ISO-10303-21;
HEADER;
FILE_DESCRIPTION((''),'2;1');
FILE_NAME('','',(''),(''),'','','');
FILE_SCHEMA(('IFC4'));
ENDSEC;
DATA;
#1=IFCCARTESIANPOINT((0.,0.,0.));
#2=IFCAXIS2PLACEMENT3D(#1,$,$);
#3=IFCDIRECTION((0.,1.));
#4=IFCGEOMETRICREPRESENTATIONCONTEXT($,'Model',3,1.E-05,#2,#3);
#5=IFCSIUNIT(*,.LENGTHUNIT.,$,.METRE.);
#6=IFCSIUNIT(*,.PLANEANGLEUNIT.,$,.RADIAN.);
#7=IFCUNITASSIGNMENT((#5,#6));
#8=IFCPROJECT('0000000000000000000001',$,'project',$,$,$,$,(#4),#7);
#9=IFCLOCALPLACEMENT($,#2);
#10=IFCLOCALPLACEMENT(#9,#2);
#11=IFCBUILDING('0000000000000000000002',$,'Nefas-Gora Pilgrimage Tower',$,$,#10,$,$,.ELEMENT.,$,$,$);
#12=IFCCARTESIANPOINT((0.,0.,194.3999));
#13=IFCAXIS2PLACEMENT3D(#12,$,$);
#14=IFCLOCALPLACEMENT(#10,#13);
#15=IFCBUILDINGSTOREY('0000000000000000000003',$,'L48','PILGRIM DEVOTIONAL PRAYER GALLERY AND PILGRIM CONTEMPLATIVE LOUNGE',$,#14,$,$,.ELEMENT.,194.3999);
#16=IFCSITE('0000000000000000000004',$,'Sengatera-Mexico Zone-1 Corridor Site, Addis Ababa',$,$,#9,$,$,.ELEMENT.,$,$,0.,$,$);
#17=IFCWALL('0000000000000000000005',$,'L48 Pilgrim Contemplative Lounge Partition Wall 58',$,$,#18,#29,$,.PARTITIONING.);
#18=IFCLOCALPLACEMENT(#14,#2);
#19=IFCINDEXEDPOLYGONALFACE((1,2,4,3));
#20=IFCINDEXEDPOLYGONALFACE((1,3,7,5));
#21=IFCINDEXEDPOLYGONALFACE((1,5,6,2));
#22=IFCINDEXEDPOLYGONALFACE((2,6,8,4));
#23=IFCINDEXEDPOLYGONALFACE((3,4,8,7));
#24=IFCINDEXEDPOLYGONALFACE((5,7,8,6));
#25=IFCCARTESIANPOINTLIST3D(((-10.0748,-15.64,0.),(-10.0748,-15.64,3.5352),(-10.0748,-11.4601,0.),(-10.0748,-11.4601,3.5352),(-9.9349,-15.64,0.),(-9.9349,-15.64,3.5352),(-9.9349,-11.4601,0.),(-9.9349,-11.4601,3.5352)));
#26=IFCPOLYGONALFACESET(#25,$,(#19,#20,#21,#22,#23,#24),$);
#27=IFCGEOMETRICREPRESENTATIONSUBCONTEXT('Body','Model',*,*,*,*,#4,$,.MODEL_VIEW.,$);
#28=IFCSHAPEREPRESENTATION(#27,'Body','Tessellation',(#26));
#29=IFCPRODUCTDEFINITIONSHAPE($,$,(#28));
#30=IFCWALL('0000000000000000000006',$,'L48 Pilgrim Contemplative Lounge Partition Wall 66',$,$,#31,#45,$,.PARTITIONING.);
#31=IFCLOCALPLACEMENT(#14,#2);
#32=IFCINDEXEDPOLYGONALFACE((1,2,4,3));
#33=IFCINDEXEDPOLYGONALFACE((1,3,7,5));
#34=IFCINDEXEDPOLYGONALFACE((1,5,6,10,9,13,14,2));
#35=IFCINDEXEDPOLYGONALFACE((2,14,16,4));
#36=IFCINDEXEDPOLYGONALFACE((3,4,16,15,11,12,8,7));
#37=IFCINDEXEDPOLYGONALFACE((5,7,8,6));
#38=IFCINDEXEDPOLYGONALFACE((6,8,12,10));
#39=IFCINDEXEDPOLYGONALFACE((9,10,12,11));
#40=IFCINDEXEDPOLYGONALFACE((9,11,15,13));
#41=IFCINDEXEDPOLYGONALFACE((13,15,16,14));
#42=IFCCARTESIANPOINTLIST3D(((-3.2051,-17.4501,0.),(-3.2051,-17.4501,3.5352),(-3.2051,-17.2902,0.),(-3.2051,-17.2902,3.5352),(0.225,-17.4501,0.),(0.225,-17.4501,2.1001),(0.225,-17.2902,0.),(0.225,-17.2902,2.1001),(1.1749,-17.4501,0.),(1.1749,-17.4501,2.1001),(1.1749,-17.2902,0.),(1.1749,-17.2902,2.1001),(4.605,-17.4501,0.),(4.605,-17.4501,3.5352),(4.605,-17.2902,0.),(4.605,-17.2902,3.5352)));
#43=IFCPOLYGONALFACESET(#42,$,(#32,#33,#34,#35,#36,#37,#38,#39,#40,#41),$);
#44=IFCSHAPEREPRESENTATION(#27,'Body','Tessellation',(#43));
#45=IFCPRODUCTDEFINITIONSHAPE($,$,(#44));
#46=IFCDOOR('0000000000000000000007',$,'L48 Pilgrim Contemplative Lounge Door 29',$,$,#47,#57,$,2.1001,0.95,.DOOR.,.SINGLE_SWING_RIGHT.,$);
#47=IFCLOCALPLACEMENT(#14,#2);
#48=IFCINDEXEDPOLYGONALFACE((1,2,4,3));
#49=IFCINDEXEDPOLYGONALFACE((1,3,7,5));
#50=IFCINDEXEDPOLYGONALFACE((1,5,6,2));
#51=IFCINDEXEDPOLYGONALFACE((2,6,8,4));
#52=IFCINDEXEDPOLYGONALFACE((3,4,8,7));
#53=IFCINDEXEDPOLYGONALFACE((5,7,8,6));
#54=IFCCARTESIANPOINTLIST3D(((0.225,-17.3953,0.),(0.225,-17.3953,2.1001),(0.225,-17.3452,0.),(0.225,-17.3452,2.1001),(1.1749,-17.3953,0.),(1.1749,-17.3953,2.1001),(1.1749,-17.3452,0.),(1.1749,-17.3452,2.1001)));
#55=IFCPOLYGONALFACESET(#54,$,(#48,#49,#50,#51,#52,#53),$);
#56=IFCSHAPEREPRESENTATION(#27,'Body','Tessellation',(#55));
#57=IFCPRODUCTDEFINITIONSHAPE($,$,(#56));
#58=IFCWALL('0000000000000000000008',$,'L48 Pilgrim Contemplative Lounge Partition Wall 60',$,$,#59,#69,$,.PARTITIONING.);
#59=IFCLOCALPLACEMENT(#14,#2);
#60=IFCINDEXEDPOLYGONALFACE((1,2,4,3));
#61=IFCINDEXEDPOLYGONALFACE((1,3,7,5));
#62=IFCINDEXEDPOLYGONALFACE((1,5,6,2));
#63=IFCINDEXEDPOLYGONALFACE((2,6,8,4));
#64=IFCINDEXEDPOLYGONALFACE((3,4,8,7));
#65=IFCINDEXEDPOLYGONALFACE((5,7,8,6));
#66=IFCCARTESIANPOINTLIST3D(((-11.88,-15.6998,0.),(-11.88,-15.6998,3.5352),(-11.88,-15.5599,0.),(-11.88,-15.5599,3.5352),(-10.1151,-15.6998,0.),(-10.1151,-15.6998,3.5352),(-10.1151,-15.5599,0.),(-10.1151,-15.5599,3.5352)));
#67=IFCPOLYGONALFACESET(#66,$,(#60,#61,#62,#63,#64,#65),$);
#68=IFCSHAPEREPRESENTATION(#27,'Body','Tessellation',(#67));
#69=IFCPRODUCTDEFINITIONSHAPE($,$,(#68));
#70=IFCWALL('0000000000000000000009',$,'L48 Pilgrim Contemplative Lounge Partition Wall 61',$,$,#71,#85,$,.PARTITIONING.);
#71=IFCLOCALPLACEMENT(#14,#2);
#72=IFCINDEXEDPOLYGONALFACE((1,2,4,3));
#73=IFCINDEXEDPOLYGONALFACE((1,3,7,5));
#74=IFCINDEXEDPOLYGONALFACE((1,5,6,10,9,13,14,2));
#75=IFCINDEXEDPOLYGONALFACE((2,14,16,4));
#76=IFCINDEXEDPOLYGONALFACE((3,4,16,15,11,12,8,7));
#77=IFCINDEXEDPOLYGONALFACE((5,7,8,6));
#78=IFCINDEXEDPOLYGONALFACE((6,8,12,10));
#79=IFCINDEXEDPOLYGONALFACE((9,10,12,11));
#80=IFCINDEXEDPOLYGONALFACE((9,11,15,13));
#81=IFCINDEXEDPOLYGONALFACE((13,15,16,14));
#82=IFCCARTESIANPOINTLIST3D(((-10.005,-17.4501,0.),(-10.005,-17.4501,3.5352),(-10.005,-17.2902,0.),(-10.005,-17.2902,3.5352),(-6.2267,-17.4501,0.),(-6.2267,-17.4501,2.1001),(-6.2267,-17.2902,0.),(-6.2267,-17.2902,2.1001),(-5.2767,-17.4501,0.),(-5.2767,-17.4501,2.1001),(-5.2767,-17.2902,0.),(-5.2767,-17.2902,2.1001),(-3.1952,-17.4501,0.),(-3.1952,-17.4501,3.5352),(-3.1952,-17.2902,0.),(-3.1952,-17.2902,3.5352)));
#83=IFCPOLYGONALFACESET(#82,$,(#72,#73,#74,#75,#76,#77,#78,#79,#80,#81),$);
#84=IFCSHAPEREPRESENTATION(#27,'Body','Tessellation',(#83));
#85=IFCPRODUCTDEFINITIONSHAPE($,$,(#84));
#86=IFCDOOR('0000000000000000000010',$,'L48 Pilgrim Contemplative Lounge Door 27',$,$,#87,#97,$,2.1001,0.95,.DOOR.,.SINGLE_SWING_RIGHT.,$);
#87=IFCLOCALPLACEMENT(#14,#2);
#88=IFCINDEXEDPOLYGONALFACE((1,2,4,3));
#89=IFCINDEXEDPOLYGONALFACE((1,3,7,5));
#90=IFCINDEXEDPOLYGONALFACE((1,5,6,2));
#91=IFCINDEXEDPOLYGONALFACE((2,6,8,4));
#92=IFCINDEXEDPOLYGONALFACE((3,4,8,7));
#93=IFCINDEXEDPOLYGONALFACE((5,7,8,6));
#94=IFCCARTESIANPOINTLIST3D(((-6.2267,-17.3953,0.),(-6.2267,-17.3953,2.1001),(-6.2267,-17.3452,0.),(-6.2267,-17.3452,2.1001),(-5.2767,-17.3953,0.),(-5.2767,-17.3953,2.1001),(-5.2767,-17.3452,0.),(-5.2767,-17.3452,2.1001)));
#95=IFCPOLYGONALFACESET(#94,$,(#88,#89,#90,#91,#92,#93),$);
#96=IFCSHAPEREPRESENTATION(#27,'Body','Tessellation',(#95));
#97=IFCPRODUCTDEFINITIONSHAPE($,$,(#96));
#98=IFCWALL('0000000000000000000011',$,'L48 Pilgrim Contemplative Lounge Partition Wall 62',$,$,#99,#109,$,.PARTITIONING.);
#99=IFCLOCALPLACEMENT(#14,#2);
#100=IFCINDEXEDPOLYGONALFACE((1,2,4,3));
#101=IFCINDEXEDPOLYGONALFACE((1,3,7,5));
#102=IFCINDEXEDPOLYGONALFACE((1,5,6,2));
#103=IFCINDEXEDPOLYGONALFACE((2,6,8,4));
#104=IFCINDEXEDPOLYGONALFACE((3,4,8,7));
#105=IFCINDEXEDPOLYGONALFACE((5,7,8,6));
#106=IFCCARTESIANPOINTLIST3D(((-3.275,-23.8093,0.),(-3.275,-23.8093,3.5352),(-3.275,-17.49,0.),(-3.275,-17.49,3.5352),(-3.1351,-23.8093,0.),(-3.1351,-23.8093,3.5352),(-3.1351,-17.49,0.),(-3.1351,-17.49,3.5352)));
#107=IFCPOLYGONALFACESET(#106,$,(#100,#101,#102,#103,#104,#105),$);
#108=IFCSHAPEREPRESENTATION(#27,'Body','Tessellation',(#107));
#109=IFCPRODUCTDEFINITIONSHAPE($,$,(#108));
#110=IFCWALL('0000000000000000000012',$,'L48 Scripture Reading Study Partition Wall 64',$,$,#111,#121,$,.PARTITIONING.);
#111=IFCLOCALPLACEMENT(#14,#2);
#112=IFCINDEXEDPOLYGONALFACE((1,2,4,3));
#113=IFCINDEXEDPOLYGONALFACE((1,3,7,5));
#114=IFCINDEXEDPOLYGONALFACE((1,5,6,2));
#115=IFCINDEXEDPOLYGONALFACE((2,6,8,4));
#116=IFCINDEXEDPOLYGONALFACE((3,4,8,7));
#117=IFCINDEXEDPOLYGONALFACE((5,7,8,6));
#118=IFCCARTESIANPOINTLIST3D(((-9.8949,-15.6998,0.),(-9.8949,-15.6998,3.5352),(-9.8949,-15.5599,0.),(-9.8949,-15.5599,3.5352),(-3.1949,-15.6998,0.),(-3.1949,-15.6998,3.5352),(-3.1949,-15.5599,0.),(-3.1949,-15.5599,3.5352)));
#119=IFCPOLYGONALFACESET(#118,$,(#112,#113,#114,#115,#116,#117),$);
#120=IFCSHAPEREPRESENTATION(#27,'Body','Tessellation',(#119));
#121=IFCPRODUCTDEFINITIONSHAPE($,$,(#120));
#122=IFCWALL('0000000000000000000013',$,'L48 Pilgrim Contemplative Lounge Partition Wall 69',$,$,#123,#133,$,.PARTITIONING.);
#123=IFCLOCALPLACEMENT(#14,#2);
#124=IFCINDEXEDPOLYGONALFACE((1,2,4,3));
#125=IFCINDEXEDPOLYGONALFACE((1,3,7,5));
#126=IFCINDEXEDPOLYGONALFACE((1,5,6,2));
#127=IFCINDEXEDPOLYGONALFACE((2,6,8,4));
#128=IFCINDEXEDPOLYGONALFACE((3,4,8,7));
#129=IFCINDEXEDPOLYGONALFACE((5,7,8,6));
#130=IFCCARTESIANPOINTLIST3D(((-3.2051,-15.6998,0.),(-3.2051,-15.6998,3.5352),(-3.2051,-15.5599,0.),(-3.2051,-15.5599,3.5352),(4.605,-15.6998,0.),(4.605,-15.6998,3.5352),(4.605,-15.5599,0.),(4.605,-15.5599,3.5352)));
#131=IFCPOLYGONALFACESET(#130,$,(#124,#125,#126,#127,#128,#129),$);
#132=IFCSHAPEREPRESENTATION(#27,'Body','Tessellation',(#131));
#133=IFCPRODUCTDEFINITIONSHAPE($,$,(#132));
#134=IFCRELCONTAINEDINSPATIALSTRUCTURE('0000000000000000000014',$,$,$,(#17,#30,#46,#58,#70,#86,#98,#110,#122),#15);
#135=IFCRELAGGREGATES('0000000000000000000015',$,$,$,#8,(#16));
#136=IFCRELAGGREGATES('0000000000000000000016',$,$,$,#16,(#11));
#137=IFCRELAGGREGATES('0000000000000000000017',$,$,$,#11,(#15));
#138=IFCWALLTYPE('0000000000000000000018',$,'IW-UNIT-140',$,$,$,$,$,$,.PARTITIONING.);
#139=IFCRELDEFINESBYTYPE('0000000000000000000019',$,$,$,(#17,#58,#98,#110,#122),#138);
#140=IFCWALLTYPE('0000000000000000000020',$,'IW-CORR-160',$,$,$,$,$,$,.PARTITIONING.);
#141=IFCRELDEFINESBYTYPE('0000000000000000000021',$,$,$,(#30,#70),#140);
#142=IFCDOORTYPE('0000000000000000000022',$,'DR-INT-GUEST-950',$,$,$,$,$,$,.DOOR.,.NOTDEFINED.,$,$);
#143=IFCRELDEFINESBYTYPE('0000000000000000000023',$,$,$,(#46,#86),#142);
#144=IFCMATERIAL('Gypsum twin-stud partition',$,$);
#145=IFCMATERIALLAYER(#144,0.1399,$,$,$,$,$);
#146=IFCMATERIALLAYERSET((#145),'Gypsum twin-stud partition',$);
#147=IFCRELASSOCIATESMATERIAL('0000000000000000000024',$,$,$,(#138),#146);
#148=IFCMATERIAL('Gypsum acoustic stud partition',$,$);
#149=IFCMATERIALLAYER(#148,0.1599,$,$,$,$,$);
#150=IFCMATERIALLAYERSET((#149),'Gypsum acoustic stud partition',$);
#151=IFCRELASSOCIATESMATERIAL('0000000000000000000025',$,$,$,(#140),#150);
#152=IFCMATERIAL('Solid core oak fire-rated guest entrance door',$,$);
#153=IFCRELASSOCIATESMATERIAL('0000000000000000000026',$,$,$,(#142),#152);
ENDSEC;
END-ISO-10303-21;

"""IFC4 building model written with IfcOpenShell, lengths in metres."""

from ifc_helpers import new_model, si_unit, direction, frame, frame_2d, origin, place, context, subcontext, project, spatial, rectangle, extrude, source, transform, mapped, material, layer, layer_set, type_object, element, fill, save


model = new_model("IFC4")

# Units and contexts
model_context = context("Model", 3, precision=1e-05, world=origin(), true_north=direction((0.0, 1.0)))
body_context = subcontext(model_context, "Body", "Model", "MODEL_VIEW")
ifc_project = project(units=[si_unit("LENGTHUNIT", "METRE"), si_unit("PLANEANGLEUNIT", "RADIAN")], contexts=[model_context])

# Site, building, storey
site_placement = place(None, origin())
site = spatial("IfcSite", under=ifc_project, at=site_placement, Name="Sengatera-Mexico Zone-1 Corridor Site, Addis Ababa", CompositionType="ELEMENT", RefElevation=0.0)
building_placement = place(site_placement, origin())
building = spatial("IfcBuilding", under=site, at=building_placement, Name="Nefas-Gora Pilgrimage Tower", CompositionType="ELEMENT")
storey_placement = place(building_placement, frame((0.0, 0.0, 194.3999)))
storey = spatial("IfcBuildingStorey", under=building, at=storey_placement, Name="L48", Description="PILGRIM DEVOTIONAL PRAYER GALLERY AND PILGRIM CONTEMPLATIVE LOUNGE", CompositionType="ELEMENT", Elevation=194.3999)

# Wall
ifc_material_1 = material(Name="Gypsum twin-stud partition")
ifc_layer_1 = layer(ifc_material_1, 0.1399)
ifc_layer_set_1 = layer_set([ifc_layer_1], Name="Gypsum twin-stud partition")
wall_type_1 = type_object("IfcWallType", Name="IW-UNIT-140", PredefinedType="PARTITIONING", material=ifc_layer_set_1)
shared_shape_1 = source(origin(), body_context, "Body", "SweptSolid", [
    extrude(rectangle(XDim=4.1799, YDim=0.1399, at=frame_2d((2.0898, 0.0))), origin(), (0.0, 0.0, 1.0), 3.5352),
])
wall_1_placement = place(storey_placement, frame((-10.0049, -15.6399, 0.0), z_axis=(0.0, 0.0, 1.0), x_axis=(0.0, 1.0, 0.0)))
element("IfcWall", 1, at=wall_1_placement, inside=storey, type_object=wall_type_1, Name="L48 Pilgrim Contemplative Lounge Partition Wall 58", PredefinedType="PARTITIONING", context=body_context, shape_type="MappedRepresentation", body=[
    mapped(shared_shape_1, transform((0.0, 0.0, 0.0), x_axis=(1.0, 0.0, 0.0), y_axis=(0.0, 1.0, 0.0), z_axis=(0.0, 0.0, 1.0), scale=1.0)),
])

# Wall, opening, door
ifc_material_2 = material(Name="Gypsum acoustic stud partition")
ifc_layer_2 = layer(ifc_material_2, 0.1599)
ifc_layer_set_2 = layer_set([ifc_layer_2], Name="Gypsum acoustic stud partition")
wall_type_2 = type_object("IfcWallType", Name="IW-CORR-160", PredefinedType="PARTITIONING", material=ifc_layer_set_2)
shared_shape_2 = source(origin(), body_context, "Body", "SweptSolid", [
    extrude(rectangle(XDim=7.8101, YDim=0.1599, at=frame_2d((3.905, 0.0))), origin(), (0.0, 0.0, 1.0), 3.5352),
])
wall_2_placement = place(storey_placement, frame((-3.2051, -17.3701, 0.0), z_axis=(0.0, 0.0, 1.0), x_axis=(1.0, 0.0, 0.0)))
wall_2 = element("IfcWall", 2, at=wall_2_placement, inside=storey, type_object=wall_type_2, Name="L48 Pilgrim Contemplative Lounge Partition Wall 66", PredefinedType="PARTITIONING", context=body_context, shape_type="MappedRepresentation", body=[
    mapped(shared_shape_2, transform((0.0, 0.0, 0.0), x_axis=(1.0, 0.0, 0.0), y_axis=(0.0, 1.0, 0.0), z_axis=(0.0, 0.0, 1.0), scale=1.0)),
])
opening_1_placement = place(wall_2_placement, frame((3.4299, 0.0, 0.0)))
opening_1 = element("IfcOpeningElement", 3, at=opening_1_placement, cuts=wall_2, PredefinedType="OPENING", context=body_context, shape_type="SweptSolid", body=[
    extrude(rectangle(XDim=0.95, YDim=2.1001, at=frame_2d((0.4751, 1.05))), frame((0.0, 0.0898, 0.0), z_axis=(0.0, -1.0, 0.0), x_axis=(1.0, 0.0, 0.0)), (0.0, 0.0, 1.0), 0.1799),
])
ifc_material_3 = material(Name="Solid core oak fire-rated guest entrance door")
door_type_1 = type_object("IfcDoorType", Name="DR-INT-GUEST-950", OperationType="NOTDEFINED", PredefinedType="DOOR", material=ifc_material_3)
shared_shape_3 = source(origin(), body_context, "Body", "SweptSolid", [
    extrude(rectangle(XDim=0.95, YDim=2.1001, at=frame_2d((0.4751, 1.05))), frame((0.0, 0.0249, 0.0), z_axis=(0.0, -1.0, 0.0), x_axis=(1.0, 0.0, 0.0)), (0.0, 0.0, 1.0), 0.05),
])
door_1_placement = place(opening_1_placement, origin())
door_1 = element("IfcDoor", 4, at=door_1_placement, inside=storey, type_object=door_type_1, Name="L48 Pilgrim Contemplative Lounge Door 29", OperationType="SINGLE_SWING_RIGHT", OverallHeight=2.1001, OverallWidth=0.95, PredefinedType="DOOR", context=body_context, shape_type="MappedRepresentation", body=[
    mapped(shared_shape_3, transform((0.0, 0.0, 0.0), x_axis=(1.0, 0.0, 0.0), y_axis=(0.0, 1.0, 0.0), z_axis=(0.0, 0.0, 1.0), scale=1.0)),
])
fill(opening_1, door_1)

# Wall
shared_shape_4 = source(origin(), body_context, "Body", "SweptSolid", [
    extrude(rectangle(XDim=1.7649, YDim=0.1399, at=frame_2d((0.8823, 0.0))), origin(), (0.0, 0.0, 1.0), 3.5352),
])
wall_3_placement = place(storey_placement, frame((-11.8799, -15.6299, 0.0), z_axis=(0.0, 0.0, 1.0), x_axis=(1.0, 0.0, 0.0)))
element("IfcWall", 5, at=wall_3_placement, inside=storey, type_object=wall_type_1, Name="L48 Pilgrim Contemplative Lounge Partition Wall 60", PredefinedType="PARTITIONING", context=body_context, shape_type="MappedRepresentation", body=[
    mapped(shared_shape_4, transform((0.0, 0.0, 0.0), x_axis=(1.0, 0.0, 0.0), y_axis=(0.0, 1.0, 0.0), z_axis=(0.0, 0.0, 1.0), scale=1.0)),
])

# Wall, opening, door
shared_shape_5 = source(origin(), body_context, "Body", "SweptSolid", [
    extrude(rectangle(XDim=6.8098, YDim=0.1599, at=frame_2d((3.4048, 0.0))), origin(), (0.0, 0.0, 1.0), 3.5352),
])
wall_4_placement = place(storey_placement, frame((-10.0049, -17.3701, 0.0), z_axis=(0.0, 0.0, 1.0), x_axis=(1.0, 0.0, 0.0)))
wall_4 = element("IfcWall", 6, at=wall_4_placement, inside=storey, type_object=wall_type_2, Name="L48 Pilgrim Contemplative Lounge Partition Wall 61", PredefinedType="PARTITIONING", context=body_context, shape_type="MappedRepresentation", body=[
    mapped(shared_shape_5, transform((0.0, 0.0, 0.0), x_axis=(1.0, 0.0, 0.0), y_axis=(0.0, 1.0, 0.0), z_axis=(0.0, 0.0, 1.0), scale=1.0)),
])
opening_2_placement = place(wall_4_placement, frame((3.7781, 0.0, 0.0)))
opening_2 = element("IfcOpeningElement", 7, at=opening_2_placement, cuts=wall_4, PredefinedType="OPENING", context=body_context, shape_type="SweptSolid", body=[
    extrude(rectangle(XDim=0.95, YDim=2.1001, at=frame_2d((0.4751, 1.05))), frame((0.0, 0.0898, 0.0), z_axis=(0.0, -1.0, 0.0), x_axis=(1.0, 0.0, 0.0)), (0.0, 0.0, 1.0), 0.1799),
])
door_2_placement = place(opening_2_placement, origin())
door_2 = element("IfcDoor", 8, at=door_2_placement, inside=storey, type_object=door_type_1, Name="L48 Pilgrim Contemplative Lounge Door 27", OperationType="SINGLE_SWING_RIGHT", OverallHeight=2.1001, OverallWidth=0.95, PredefinedType="DOOR", context=body_context, shape_type="MappedRepresentation", body=[
    mapped(shared_shape_3, transform((0.0, 0.0, 0.0), x_axis=(1.0, 0.0, 0.0), y_axis=(0.0, 1.0, 0.0), z_axis=(0.0, 0.0, 1.0), scale=1.0)),
])
fill(opening_2, door_2)

# Walls
shared_shape_6 = source(origin(), body_context, "Body", "SweptSolid", [
    extrude(rectangle(XDim=6.3193, YDim=0.1399, at=frame_2d((3.1597, 0.0))), origin(), (0.0, 0.0, 1.0), 3.5352),
])
wall_5_placement = place(storey_placement, frame((-3.2051, -23.8093, 0.0), z_axis=(0.0, 0.0, 1.0), x_axis=(0.0, 1.0, 0.0)))
element("IfcWall", 9, at=wall_5_placement, inside=storey, type_object=wall_type_1, Name="L48 Pilgrim Contemplative Lounge Partition Wall 62", PredefinedType="PARTITIONING", context=body_context, shape_type="MappedRepresentation", body=[
    mapped(shared_shape_6, transform((0.0, 0.0, 0.0), x_axis=(1.0, 0.0, 0.0), y_axis=(0.0, 1.0, 0.0), z_axis=(0.0, 0.0, 1.0), scale=1.0)),
])
shared_shape_7 = source(origin(), body_context, "Body", "SweptSolid", [
    extrude(rectangle(XDim=6.7, YDim=0.1399, at=frame_2d((3.3501, 0.0))), origin(), (0.0, 0.0, 1.0), 3.5352),
])
wall_6_placement = place(storey_placement, frame((-9.895, -15.6299, 0.0), z_axis=(0.0, 0.0, 1.0), x_axis=(1.0, 0.0, 0.0)))
element("IfcWall", 10, at=wall_6_placement, inside=storey, type_object=wall_type_1, Name="L48 Scripture Reading Study Partition Wall 64", PredefinedType="PARTITIONING", context=body_context, shape_type="MappedRepresentation", body=[
    mapped(shared_shape_7, transform((0.0, 0.0, 0.0), x_axis=(1.0, 0.0, 0.0), y_axis=(0.0, 1.0, 0.0), z_axis=(0.0, 0.0, 1.0), scale=1.0)),
])
shared_shape_8 = source(origin(), body_context, "Body", "SweptSolid", [
    extrude(rectangle(XDim=7.8101, YDim=0.1399, at=frame_2d((3.905, 0.0))), origin(), (0.0, 0.0, 1.0), 3.5352),
])
wall_7_placement = place(storey_placement, frame((-3.2051, -15.6299, 0.0), z_axis=(0.0, 0.0, 1.0), x_axis=(1.0, 0.0, 0.0)))
element("IfcWall", 11, at=wall_7_placement, inside=storey, type_object=wall_type_1, Name="L48 Pilgrim Contemplative Lounge Partition Wall 69", PredefinedType="PARTITIONING", context=body_context, shape_type="MappedRepresentation", body=[
    mapped(shared_shape_8, transform((0.0, 0.0, 0.0), x_axis=(1.0, 0.0, 0.0), y_axis=(0.0, 1.0, 0.0), z_axis=(0.0, 0.0, 1.0), scale=1.0)),
])

save(model, "model.ifc")
